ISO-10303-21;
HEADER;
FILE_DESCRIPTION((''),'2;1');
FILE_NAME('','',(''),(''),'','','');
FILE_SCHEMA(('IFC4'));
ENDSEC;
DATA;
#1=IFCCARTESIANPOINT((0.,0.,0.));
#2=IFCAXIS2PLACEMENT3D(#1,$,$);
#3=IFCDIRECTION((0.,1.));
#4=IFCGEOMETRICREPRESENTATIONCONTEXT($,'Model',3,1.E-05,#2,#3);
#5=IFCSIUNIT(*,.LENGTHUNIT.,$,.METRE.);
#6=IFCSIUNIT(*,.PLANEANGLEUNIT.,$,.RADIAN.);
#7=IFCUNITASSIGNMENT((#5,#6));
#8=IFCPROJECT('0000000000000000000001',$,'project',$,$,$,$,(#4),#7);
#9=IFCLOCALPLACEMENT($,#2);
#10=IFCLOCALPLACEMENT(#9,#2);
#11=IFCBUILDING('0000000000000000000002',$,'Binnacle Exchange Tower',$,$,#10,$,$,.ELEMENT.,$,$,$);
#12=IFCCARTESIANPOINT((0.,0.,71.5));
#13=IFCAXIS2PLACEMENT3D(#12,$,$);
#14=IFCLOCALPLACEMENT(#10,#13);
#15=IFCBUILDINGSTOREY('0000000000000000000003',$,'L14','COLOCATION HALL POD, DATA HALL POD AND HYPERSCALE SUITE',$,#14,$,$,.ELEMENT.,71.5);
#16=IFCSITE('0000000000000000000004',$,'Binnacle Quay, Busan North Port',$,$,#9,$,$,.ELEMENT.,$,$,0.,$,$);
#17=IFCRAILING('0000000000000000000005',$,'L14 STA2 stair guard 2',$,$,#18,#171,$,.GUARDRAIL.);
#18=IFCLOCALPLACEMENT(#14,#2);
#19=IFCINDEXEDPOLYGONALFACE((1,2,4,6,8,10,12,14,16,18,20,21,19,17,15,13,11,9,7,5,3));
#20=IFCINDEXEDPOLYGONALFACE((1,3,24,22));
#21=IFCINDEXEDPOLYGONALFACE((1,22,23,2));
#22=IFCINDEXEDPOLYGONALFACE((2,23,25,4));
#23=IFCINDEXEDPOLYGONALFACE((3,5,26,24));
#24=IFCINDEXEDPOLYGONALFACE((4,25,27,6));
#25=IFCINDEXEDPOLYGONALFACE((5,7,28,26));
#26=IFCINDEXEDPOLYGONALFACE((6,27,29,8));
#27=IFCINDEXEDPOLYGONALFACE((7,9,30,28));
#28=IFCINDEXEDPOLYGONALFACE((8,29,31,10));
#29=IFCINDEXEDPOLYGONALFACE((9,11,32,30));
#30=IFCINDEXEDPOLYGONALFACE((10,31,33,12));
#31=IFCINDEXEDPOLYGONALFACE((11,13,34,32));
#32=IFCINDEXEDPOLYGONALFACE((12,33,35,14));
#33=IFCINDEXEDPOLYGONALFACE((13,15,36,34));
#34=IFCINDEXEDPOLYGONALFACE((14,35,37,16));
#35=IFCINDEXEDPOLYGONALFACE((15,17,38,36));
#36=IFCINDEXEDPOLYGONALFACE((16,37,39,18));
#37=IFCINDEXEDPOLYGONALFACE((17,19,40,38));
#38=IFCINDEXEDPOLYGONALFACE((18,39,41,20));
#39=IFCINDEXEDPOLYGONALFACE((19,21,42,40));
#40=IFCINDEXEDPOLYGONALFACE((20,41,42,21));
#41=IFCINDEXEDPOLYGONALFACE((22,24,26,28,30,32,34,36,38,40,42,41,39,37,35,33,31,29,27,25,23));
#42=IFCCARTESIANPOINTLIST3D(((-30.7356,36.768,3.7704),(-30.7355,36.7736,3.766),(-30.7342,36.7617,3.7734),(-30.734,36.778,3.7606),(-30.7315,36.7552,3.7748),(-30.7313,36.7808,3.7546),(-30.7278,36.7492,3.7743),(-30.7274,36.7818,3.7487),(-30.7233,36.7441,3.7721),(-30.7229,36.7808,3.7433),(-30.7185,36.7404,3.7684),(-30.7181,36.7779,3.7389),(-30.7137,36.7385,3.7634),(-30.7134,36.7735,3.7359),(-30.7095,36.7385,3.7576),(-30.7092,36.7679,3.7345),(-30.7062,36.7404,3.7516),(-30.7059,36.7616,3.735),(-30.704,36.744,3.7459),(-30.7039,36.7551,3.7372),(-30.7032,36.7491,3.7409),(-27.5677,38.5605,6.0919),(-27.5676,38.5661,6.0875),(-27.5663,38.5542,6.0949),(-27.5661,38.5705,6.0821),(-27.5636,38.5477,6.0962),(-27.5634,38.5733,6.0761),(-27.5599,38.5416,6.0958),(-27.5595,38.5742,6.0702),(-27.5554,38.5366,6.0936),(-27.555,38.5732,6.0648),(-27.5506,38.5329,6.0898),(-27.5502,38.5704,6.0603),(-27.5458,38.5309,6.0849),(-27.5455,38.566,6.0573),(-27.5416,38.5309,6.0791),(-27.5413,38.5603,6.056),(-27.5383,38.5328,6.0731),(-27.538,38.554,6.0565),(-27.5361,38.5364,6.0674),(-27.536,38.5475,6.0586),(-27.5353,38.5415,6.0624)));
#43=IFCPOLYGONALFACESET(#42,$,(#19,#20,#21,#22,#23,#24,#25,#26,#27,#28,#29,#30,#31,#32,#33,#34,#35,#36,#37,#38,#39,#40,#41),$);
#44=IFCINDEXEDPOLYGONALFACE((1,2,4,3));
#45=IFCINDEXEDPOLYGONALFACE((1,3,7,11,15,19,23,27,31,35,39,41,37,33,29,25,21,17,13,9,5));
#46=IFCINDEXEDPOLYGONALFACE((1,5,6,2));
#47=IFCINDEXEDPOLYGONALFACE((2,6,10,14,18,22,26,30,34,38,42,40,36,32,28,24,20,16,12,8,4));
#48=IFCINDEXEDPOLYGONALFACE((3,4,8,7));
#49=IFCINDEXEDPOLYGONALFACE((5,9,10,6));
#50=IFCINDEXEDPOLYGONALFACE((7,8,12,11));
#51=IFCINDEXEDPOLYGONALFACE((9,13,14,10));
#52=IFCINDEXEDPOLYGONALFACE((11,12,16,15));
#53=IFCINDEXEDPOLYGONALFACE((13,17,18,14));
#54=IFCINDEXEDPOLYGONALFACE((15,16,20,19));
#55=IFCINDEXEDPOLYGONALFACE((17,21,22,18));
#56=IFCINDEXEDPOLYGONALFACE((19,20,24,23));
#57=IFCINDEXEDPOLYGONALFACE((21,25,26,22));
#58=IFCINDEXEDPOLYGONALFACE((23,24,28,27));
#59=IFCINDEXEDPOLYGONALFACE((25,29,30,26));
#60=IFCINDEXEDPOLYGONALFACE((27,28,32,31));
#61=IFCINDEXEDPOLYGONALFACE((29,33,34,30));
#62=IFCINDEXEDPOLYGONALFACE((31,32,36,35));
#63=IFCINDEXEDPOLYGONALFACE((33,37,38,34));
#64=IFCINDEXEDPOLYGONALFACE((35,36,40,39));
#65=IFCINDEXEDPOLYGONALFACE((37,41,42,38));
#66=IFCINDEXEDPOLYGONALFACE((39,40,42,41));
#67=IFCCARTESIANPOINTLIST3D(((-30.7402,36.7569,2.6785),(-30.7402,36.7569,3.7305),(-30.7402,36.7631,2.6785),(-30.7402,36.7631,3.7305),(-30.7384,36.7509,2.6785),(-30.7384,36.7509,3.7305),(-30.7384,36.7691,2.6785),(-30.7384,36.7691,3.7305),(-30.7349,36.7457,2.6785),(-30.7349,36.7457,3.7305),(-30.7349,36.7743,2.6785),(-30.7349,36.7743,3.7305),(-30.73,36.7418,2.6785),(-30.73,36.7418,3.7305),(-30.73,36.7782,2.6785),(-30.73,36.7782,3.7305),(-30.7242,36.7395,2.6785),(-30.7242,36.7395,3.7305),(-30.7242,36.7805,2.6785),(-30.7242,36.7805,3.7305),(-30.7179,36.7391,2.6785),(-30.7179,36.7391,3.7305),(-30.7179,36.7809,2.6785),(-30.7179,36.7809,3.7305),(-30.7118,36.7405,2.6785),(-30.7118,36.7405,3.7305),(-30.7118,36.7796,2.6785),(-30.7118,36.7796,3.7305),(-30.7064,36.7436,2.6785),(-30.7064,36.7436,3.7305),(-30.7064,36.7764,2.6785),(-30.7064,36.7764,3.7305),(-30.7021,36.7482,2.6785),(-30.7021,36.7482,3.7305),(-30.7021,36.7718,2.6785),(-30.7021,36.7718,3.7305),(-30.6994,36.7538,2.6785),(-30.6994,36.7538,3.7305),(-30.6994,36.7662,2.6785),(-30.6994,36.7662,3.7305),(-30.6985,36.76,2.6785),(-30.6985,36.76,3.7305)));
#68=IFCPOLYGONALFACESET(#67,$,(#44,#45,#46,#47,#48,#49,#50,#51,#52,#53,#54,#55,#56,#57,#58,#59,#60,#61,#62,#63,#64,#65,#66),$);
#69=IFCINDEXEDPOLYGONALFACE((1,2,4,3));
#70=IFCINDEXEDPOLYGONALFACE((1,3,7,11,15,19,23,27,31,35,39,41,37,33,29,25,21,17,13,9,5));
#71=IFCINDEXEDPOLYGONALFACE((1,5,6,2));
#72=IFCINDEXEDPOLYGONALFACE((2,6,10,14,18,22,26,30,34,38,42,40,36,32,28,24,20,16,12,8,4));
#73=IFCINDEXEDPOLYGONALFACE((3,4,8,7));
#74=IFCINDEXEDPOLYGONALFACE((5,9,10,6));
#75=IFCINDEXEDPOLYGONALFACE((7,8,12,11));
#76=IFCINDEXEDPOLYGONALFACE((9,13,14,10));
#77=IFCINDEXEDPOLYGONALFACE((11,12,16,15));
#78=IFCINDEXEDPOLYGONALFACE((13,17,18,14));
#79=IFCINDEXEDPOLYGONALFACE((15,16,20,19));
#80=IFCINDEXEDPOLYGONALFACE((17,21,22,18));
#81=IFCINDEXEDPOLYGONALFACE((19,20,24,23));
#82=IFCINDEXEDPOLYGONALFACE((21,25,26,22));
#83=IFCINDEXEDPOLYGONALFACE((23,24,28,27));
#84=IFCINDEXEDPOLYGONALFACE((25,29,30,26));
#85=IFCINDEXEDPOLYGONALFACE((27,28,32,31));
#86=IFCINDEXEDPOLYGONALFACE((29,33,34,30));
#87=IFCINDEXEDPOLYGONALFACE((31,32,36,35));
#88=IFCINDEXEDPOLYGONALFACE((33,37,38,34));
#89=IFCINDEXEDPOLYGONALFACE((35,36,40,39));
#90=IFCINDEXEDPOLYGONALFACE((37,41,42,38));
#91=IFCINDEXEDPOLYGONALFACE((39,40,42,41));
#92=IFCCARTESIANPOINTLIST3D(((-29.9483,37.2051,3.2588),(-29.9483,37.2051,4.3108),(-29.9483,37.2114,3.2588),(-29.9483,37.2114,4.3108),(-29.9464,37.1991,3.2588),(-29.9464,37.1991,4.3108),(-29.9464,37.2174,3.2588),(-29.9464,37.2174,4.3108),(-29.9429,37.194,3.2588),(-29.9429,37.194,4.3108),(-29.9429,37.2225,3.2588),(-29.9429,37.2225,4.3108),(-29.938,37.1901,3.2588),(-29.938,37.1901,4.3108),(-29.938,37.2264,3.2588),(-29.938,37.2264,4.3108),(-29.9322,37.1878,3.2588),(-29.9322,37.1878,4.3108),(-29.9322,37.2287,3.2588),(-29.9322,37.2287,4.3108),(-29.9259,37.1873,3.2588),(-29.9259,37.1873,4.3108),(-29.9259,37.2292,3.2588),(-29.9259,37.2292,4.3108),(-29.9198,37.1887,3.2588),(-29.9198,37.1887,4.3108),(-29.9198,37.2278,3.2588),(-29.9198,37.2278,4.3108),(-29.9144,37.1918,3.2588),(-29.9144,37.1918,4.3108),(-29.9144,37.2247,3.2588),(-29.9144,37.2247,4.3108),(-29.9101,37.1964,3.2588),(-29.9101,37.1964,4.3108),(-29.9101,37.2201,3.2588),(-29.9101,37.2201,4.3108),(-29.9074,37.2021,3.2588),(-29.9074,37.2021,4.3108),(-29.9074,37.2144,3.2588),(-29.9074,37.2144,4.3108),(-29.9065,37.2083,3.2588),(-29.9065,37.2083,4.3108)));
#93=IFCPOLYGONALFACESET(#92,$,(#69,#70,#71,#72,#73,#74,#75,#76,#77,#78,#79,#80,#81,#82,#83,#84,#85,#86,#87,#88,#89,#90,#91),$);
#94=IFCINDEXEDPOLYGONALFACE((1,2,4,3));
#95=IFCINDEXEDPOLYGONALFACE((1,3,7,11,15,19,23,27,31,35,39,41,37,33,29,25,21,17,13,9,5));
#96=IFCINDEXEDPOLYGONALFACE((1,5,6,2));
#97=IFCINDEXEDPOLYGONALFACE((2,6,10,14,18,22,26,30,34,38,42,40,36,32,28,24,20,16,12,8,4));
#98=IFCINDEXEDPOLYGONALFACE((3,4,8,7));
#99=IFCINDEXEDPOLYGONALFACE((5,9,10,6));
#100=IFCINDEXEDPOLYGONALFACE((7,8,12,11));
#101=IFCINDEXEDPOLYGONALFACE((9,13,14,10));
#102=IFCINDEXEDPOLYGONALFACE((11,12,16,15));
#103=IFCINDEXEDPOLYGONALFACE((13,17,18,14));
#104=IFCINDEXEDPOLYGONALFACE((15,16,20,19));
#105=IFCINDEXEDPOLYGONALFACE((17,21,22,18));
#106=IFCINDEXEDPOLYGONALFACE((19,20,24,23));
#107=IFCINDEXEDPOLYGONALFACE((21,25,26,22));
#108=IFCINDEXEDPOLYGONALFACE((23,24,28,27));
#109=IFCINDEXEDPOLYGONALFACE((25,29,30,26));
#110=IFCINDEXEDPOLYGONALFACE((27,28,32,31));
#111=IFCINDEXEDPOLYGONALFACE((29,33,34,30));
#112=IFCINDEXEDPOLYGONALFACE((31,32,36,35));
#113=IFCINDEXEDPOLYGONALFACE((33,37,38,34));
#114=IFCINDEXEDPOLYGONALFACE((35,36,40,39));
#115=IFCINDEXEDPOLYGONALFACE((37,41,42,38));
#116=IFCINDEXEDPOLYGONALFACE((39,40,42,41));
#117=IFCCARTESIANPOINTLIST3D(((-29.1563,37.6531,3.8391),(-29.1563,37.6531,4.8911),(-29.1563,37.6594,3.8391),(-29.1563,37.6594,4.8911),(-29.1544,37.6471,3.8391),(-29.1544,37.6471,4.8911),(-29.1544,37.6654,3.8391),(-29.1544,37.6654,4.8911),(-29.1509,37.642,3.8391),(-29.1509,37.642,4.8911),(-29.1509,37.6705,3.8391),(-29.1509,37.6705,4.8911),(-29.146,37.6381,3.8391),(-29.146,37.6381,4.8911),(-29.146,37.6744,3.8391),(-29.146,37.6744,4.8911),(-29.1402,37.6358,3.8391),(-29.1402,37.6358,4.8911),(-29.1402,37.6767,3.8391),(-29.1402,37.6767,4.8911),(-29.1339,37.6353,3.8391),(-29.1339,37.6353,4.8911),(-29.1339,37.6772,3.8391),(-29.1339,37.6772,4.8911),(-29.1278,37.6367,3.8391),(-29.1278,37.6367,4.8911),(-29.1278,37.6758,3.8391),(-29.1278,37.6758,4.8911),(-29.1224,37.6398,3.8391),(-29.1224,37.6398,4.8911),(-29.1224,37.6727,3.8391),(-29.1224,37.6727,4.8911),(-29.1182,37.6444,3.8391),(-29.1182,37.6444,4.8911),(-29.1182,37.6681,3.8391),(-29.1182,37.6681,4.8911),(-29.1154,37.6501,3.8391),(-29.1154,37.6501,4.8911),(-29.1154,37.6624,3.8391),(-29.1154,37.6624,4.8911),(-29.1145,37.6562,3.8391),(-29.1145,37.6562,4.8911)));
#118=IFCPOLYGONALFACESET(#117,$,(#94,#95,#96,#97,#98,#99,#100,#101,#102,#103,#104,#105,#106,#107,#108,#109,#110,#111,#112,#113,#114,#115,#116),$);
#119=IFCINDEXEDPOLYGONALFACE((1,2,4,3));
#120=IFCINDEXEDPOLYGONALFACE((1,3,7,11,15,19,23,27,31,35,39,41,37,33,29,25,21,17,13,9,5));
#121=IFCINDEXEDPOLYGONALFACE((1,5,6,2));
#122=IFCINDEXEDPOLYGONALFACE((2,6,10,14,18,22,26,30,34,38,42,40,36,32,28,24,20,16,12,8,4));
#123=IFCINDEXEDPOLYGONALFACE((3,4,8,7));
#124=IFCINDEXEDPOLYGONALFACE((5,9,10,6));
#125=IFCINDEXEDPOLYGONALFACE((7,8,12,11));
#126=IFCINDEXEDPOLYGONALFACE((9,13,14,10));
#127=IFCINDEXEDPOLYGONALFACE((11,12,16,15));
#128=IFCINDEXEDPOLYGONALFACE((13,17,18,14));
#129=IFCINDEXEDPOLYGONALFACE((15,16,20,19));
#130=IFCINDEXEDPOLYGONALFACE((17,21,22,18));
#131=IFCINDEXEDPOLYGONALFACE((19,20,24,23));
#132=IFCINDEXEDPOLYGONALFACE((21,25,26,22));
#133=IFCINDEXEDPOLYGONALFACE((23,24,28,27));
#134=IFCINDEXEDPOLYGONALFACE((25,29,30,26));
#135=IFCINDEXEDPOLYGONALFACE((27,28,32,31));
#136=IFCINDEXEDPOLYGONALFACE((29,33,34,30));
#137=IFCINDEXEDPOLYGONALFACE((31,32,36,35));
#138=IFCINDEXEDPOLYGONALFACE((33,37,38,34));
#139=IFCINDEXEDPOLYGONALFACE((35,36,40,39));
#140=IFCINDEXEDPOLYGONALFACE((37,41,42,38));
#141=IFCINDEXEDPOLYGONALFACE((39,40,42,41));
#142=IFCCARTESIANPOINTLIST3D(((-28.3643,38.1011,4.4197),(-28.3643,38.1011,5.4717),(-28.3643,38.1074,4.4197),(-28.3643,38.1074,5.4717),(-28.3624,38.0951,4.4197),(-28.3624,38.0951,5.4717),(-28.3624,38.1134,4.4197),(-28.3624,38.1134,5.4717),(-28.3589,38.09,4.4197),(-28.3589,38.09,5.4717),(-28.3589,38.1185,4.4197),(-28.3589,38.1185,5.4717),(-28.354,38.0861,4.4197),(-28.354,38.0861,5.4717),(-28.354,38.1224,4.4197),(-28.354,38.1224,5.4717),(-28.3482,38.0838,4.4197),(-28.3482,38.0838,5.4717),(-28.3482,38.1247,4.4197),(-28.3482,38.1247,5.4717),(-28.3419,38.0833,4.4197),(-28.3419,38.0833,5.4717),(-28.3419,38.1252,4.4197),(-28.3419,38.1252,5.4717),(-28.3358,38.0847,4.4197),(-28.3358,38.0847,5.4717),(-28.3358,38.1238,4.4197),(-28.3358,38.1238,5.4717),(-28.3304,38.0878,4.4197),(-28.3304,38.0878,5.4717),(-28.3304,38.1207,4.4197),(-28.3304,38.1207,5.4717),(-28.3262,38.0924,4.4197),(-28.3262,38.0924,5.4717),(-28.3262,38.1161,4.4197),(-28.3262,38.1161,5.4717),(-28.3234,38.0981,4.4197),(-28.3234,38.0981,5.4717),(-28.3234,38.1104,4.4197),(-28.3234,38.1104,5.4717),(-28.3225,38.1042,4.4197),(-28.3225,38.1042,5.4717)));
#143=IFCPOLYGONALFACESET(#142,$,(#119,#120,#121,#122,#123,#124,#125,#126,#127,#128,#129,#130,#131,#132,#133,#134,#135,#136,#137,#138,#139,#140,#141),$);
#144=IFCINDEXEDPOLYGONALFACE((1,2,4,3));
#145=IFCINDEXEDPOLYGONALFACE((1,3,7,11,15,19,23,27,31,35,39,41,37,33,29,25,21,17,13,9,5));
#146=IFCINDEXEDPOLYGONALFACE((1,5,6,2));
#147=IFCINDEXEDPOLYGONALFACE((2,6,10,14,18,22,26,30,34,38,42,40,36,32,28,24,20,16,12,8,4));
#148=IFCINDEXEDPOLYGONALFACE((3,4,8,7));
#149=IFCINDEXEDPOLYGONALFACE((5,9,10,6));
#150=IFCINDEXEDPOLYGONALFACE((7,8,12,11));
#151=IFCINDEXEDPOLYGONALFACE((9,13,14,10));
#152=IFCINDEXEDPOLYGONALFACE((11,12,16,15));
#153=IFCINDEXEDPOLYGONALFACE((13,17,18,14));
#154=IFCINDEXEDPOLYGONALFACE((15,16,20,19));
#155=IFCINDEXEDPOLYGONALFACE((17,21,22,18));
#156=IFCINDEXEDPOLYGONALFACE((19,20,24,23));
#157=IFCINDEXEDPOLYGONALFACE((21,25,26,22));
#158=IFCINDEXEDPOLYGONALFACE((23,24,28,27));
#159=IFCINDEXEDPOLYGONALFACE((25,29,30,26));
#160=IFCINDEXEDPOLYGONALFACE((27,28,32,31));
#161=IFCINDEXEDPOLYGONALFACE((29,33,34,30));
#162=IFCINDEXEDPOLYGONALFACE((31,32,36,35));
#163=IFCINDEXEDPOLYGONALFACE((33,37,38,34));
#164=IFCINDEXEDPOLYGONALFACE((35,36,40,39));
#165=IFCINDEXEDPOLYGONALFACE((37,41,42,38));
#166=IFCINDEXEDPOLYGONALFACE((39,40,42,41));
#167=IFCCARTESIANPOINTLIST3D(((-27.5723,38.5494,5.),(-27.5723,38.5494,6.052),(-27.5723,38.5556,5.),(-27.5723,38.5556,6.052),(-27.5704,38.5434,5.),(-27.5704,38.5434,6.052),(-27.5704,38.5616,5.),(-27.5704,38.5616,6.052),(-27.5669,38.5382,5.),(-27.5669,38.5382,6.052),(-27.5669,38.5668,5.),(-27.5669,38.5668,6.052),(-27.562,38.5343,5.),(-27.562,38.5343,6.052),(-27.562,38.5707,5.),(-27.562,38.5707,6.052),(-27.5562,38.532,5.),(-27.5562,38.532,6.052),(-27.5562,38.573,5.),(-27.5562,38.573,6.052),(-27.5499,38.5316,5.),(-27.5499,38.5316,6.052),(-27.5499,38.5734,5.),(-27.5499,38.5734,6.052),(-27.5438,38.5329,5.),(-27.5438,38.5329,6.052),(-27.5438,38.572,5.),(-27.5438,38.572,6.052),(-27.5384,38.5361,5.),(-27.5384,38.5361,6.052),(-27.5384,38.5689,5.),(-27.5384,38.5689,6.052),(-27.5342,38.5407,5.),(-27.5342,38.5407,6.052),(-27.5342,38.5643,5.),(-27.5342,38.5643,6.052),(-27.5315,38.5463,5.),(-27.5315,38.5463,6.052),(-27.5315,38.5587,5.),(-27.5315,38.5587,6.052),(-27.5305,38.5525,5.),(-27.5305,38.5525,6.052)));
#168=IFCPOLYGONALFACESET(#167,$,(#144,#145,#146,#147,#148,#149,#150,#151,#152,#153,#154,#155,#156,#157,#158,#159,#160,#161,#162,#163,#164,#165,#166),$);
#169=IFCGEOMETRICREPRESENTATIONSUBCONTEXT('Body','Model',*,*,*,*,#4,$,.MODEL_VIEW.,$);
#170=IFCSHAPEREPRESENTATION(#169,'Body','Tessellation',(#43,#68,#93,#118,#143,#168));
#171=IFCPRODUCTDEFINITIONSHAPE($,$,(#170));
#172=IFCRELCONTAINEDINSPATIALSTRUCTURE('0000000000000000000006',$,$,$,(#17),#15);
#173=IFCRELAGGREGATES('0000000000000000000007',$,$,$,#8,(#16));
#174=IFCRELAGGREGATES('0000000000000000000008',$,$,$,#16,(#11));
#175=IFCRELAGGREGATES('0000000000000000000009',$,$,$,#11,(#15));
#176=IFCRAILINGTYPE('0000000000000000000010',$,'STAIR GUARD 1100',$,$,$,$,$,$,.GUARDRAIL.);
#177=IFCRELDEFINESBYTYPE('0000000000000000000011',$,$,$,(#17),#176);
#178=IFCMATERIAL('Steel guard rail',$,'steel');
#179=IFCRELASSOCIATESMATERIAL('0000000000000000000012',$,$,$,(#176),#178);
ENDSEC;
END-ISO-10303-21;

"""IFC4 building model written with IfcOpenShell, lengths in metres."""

from ifc_helpers import new_model, si_unit, direction, frame, origin, origin_2d, place, context, subcontext, project, spatial, circle, extrude, material, type_object, element, save


model = new_model("IFC4")

# Units and contexts
model_context = context("Model", 3, precision=1e-05, world=origin(), true_north=direction((0.0, 1.0)))
body_context = subcontext(model_context, "Body", "Model", "MODEL_VIEW")
ifc_project = project(units=[si_unit("LENGTHUNIT", "METRE"), si_unit("PLANEANGLEUNIT", "RADIAN")], contexts=[model_context])

# Site, building, storey
site_placement = place(None, origin())
site = spatial("IfcSite", under=ifc_project, at=site_placement, Name="Binnacle Quay, Busan North Port", CompositionType="ELEMENT", RefElevation=0.0)
building_placement = place(site_placement, origin())
building = spatial("IfcBuilding", under=site, at=building_placement, Name="Binnacle Exchange Tower", CompositionType="ELEMENT")
storey_placement = place(building_placement, frame((0.0, 0.0, 71.5)))
storey = spatial("IfcBuildingStorey", under=building, at=storey_placement, Name="L14", Description="COLOCATION HALL POD, DATA HALL POD AND HYPERSCALE SUITE", CompositionType="ELEMENT", Elevation=71.5)

# Railing
ifc_material_1 = material(Name="Steel guard rail", Category="steel")
railing_type = type_object("IfcRailingType", Name="STAIR GUARD 1100", PredefinedType="GUARDRAIL", material=ifc_material_1)
railing_placement = place(storey_placement, frame((-30.7195, 36.76, 2.6785)))
element("IfcRailing", 1, at=railing_placement, inside=storey, type_object=railing_type, Name="L14 STA2 stair guard 2", PredefinedType="GUARDRAIL", context=body_context, shape_type="SweptSolid", body=[
    extrude(circle(Radius=0.0239, at=origin_2d()), frame((0.0, 0.0, 1.0762), z_axis=(0.733796, 0.415192, 0.537736), x_axis=(-0.492451, 0.87034, 0.0)), (0.0, 0.0, 1.0), 4.3171),
    extrude(circle(Radius=0.021, at=origin_2d()), origin(), (0.0, 0.0, 1.0), 1.052),
    extrude(circle(Radius=0.021, at=origin_2d()), frame((0.792, 0.4482, 0.5803)), (0.0, 0.0, 1.0), 1.052),
    extrude(circle(Radius=0.021, at=origin_2d()), frame((1.584, 0.8962, 1.1606)), (0.0, 0.0, 1.0), 1.052),
    extrude(circle(Radius=0.021, at=origin_2d()), frame((2.376, 1.3442, 1.7412)), (0.0, 0.0, 1.0), 1.052),
    extrude(circle(Radius=0.021, at=origin_2d()), frame((3.168, 1.7925, 2.3215)), (0.0, 0.0, 1.0), 1.052),
])

save(model, "model.ifc")
